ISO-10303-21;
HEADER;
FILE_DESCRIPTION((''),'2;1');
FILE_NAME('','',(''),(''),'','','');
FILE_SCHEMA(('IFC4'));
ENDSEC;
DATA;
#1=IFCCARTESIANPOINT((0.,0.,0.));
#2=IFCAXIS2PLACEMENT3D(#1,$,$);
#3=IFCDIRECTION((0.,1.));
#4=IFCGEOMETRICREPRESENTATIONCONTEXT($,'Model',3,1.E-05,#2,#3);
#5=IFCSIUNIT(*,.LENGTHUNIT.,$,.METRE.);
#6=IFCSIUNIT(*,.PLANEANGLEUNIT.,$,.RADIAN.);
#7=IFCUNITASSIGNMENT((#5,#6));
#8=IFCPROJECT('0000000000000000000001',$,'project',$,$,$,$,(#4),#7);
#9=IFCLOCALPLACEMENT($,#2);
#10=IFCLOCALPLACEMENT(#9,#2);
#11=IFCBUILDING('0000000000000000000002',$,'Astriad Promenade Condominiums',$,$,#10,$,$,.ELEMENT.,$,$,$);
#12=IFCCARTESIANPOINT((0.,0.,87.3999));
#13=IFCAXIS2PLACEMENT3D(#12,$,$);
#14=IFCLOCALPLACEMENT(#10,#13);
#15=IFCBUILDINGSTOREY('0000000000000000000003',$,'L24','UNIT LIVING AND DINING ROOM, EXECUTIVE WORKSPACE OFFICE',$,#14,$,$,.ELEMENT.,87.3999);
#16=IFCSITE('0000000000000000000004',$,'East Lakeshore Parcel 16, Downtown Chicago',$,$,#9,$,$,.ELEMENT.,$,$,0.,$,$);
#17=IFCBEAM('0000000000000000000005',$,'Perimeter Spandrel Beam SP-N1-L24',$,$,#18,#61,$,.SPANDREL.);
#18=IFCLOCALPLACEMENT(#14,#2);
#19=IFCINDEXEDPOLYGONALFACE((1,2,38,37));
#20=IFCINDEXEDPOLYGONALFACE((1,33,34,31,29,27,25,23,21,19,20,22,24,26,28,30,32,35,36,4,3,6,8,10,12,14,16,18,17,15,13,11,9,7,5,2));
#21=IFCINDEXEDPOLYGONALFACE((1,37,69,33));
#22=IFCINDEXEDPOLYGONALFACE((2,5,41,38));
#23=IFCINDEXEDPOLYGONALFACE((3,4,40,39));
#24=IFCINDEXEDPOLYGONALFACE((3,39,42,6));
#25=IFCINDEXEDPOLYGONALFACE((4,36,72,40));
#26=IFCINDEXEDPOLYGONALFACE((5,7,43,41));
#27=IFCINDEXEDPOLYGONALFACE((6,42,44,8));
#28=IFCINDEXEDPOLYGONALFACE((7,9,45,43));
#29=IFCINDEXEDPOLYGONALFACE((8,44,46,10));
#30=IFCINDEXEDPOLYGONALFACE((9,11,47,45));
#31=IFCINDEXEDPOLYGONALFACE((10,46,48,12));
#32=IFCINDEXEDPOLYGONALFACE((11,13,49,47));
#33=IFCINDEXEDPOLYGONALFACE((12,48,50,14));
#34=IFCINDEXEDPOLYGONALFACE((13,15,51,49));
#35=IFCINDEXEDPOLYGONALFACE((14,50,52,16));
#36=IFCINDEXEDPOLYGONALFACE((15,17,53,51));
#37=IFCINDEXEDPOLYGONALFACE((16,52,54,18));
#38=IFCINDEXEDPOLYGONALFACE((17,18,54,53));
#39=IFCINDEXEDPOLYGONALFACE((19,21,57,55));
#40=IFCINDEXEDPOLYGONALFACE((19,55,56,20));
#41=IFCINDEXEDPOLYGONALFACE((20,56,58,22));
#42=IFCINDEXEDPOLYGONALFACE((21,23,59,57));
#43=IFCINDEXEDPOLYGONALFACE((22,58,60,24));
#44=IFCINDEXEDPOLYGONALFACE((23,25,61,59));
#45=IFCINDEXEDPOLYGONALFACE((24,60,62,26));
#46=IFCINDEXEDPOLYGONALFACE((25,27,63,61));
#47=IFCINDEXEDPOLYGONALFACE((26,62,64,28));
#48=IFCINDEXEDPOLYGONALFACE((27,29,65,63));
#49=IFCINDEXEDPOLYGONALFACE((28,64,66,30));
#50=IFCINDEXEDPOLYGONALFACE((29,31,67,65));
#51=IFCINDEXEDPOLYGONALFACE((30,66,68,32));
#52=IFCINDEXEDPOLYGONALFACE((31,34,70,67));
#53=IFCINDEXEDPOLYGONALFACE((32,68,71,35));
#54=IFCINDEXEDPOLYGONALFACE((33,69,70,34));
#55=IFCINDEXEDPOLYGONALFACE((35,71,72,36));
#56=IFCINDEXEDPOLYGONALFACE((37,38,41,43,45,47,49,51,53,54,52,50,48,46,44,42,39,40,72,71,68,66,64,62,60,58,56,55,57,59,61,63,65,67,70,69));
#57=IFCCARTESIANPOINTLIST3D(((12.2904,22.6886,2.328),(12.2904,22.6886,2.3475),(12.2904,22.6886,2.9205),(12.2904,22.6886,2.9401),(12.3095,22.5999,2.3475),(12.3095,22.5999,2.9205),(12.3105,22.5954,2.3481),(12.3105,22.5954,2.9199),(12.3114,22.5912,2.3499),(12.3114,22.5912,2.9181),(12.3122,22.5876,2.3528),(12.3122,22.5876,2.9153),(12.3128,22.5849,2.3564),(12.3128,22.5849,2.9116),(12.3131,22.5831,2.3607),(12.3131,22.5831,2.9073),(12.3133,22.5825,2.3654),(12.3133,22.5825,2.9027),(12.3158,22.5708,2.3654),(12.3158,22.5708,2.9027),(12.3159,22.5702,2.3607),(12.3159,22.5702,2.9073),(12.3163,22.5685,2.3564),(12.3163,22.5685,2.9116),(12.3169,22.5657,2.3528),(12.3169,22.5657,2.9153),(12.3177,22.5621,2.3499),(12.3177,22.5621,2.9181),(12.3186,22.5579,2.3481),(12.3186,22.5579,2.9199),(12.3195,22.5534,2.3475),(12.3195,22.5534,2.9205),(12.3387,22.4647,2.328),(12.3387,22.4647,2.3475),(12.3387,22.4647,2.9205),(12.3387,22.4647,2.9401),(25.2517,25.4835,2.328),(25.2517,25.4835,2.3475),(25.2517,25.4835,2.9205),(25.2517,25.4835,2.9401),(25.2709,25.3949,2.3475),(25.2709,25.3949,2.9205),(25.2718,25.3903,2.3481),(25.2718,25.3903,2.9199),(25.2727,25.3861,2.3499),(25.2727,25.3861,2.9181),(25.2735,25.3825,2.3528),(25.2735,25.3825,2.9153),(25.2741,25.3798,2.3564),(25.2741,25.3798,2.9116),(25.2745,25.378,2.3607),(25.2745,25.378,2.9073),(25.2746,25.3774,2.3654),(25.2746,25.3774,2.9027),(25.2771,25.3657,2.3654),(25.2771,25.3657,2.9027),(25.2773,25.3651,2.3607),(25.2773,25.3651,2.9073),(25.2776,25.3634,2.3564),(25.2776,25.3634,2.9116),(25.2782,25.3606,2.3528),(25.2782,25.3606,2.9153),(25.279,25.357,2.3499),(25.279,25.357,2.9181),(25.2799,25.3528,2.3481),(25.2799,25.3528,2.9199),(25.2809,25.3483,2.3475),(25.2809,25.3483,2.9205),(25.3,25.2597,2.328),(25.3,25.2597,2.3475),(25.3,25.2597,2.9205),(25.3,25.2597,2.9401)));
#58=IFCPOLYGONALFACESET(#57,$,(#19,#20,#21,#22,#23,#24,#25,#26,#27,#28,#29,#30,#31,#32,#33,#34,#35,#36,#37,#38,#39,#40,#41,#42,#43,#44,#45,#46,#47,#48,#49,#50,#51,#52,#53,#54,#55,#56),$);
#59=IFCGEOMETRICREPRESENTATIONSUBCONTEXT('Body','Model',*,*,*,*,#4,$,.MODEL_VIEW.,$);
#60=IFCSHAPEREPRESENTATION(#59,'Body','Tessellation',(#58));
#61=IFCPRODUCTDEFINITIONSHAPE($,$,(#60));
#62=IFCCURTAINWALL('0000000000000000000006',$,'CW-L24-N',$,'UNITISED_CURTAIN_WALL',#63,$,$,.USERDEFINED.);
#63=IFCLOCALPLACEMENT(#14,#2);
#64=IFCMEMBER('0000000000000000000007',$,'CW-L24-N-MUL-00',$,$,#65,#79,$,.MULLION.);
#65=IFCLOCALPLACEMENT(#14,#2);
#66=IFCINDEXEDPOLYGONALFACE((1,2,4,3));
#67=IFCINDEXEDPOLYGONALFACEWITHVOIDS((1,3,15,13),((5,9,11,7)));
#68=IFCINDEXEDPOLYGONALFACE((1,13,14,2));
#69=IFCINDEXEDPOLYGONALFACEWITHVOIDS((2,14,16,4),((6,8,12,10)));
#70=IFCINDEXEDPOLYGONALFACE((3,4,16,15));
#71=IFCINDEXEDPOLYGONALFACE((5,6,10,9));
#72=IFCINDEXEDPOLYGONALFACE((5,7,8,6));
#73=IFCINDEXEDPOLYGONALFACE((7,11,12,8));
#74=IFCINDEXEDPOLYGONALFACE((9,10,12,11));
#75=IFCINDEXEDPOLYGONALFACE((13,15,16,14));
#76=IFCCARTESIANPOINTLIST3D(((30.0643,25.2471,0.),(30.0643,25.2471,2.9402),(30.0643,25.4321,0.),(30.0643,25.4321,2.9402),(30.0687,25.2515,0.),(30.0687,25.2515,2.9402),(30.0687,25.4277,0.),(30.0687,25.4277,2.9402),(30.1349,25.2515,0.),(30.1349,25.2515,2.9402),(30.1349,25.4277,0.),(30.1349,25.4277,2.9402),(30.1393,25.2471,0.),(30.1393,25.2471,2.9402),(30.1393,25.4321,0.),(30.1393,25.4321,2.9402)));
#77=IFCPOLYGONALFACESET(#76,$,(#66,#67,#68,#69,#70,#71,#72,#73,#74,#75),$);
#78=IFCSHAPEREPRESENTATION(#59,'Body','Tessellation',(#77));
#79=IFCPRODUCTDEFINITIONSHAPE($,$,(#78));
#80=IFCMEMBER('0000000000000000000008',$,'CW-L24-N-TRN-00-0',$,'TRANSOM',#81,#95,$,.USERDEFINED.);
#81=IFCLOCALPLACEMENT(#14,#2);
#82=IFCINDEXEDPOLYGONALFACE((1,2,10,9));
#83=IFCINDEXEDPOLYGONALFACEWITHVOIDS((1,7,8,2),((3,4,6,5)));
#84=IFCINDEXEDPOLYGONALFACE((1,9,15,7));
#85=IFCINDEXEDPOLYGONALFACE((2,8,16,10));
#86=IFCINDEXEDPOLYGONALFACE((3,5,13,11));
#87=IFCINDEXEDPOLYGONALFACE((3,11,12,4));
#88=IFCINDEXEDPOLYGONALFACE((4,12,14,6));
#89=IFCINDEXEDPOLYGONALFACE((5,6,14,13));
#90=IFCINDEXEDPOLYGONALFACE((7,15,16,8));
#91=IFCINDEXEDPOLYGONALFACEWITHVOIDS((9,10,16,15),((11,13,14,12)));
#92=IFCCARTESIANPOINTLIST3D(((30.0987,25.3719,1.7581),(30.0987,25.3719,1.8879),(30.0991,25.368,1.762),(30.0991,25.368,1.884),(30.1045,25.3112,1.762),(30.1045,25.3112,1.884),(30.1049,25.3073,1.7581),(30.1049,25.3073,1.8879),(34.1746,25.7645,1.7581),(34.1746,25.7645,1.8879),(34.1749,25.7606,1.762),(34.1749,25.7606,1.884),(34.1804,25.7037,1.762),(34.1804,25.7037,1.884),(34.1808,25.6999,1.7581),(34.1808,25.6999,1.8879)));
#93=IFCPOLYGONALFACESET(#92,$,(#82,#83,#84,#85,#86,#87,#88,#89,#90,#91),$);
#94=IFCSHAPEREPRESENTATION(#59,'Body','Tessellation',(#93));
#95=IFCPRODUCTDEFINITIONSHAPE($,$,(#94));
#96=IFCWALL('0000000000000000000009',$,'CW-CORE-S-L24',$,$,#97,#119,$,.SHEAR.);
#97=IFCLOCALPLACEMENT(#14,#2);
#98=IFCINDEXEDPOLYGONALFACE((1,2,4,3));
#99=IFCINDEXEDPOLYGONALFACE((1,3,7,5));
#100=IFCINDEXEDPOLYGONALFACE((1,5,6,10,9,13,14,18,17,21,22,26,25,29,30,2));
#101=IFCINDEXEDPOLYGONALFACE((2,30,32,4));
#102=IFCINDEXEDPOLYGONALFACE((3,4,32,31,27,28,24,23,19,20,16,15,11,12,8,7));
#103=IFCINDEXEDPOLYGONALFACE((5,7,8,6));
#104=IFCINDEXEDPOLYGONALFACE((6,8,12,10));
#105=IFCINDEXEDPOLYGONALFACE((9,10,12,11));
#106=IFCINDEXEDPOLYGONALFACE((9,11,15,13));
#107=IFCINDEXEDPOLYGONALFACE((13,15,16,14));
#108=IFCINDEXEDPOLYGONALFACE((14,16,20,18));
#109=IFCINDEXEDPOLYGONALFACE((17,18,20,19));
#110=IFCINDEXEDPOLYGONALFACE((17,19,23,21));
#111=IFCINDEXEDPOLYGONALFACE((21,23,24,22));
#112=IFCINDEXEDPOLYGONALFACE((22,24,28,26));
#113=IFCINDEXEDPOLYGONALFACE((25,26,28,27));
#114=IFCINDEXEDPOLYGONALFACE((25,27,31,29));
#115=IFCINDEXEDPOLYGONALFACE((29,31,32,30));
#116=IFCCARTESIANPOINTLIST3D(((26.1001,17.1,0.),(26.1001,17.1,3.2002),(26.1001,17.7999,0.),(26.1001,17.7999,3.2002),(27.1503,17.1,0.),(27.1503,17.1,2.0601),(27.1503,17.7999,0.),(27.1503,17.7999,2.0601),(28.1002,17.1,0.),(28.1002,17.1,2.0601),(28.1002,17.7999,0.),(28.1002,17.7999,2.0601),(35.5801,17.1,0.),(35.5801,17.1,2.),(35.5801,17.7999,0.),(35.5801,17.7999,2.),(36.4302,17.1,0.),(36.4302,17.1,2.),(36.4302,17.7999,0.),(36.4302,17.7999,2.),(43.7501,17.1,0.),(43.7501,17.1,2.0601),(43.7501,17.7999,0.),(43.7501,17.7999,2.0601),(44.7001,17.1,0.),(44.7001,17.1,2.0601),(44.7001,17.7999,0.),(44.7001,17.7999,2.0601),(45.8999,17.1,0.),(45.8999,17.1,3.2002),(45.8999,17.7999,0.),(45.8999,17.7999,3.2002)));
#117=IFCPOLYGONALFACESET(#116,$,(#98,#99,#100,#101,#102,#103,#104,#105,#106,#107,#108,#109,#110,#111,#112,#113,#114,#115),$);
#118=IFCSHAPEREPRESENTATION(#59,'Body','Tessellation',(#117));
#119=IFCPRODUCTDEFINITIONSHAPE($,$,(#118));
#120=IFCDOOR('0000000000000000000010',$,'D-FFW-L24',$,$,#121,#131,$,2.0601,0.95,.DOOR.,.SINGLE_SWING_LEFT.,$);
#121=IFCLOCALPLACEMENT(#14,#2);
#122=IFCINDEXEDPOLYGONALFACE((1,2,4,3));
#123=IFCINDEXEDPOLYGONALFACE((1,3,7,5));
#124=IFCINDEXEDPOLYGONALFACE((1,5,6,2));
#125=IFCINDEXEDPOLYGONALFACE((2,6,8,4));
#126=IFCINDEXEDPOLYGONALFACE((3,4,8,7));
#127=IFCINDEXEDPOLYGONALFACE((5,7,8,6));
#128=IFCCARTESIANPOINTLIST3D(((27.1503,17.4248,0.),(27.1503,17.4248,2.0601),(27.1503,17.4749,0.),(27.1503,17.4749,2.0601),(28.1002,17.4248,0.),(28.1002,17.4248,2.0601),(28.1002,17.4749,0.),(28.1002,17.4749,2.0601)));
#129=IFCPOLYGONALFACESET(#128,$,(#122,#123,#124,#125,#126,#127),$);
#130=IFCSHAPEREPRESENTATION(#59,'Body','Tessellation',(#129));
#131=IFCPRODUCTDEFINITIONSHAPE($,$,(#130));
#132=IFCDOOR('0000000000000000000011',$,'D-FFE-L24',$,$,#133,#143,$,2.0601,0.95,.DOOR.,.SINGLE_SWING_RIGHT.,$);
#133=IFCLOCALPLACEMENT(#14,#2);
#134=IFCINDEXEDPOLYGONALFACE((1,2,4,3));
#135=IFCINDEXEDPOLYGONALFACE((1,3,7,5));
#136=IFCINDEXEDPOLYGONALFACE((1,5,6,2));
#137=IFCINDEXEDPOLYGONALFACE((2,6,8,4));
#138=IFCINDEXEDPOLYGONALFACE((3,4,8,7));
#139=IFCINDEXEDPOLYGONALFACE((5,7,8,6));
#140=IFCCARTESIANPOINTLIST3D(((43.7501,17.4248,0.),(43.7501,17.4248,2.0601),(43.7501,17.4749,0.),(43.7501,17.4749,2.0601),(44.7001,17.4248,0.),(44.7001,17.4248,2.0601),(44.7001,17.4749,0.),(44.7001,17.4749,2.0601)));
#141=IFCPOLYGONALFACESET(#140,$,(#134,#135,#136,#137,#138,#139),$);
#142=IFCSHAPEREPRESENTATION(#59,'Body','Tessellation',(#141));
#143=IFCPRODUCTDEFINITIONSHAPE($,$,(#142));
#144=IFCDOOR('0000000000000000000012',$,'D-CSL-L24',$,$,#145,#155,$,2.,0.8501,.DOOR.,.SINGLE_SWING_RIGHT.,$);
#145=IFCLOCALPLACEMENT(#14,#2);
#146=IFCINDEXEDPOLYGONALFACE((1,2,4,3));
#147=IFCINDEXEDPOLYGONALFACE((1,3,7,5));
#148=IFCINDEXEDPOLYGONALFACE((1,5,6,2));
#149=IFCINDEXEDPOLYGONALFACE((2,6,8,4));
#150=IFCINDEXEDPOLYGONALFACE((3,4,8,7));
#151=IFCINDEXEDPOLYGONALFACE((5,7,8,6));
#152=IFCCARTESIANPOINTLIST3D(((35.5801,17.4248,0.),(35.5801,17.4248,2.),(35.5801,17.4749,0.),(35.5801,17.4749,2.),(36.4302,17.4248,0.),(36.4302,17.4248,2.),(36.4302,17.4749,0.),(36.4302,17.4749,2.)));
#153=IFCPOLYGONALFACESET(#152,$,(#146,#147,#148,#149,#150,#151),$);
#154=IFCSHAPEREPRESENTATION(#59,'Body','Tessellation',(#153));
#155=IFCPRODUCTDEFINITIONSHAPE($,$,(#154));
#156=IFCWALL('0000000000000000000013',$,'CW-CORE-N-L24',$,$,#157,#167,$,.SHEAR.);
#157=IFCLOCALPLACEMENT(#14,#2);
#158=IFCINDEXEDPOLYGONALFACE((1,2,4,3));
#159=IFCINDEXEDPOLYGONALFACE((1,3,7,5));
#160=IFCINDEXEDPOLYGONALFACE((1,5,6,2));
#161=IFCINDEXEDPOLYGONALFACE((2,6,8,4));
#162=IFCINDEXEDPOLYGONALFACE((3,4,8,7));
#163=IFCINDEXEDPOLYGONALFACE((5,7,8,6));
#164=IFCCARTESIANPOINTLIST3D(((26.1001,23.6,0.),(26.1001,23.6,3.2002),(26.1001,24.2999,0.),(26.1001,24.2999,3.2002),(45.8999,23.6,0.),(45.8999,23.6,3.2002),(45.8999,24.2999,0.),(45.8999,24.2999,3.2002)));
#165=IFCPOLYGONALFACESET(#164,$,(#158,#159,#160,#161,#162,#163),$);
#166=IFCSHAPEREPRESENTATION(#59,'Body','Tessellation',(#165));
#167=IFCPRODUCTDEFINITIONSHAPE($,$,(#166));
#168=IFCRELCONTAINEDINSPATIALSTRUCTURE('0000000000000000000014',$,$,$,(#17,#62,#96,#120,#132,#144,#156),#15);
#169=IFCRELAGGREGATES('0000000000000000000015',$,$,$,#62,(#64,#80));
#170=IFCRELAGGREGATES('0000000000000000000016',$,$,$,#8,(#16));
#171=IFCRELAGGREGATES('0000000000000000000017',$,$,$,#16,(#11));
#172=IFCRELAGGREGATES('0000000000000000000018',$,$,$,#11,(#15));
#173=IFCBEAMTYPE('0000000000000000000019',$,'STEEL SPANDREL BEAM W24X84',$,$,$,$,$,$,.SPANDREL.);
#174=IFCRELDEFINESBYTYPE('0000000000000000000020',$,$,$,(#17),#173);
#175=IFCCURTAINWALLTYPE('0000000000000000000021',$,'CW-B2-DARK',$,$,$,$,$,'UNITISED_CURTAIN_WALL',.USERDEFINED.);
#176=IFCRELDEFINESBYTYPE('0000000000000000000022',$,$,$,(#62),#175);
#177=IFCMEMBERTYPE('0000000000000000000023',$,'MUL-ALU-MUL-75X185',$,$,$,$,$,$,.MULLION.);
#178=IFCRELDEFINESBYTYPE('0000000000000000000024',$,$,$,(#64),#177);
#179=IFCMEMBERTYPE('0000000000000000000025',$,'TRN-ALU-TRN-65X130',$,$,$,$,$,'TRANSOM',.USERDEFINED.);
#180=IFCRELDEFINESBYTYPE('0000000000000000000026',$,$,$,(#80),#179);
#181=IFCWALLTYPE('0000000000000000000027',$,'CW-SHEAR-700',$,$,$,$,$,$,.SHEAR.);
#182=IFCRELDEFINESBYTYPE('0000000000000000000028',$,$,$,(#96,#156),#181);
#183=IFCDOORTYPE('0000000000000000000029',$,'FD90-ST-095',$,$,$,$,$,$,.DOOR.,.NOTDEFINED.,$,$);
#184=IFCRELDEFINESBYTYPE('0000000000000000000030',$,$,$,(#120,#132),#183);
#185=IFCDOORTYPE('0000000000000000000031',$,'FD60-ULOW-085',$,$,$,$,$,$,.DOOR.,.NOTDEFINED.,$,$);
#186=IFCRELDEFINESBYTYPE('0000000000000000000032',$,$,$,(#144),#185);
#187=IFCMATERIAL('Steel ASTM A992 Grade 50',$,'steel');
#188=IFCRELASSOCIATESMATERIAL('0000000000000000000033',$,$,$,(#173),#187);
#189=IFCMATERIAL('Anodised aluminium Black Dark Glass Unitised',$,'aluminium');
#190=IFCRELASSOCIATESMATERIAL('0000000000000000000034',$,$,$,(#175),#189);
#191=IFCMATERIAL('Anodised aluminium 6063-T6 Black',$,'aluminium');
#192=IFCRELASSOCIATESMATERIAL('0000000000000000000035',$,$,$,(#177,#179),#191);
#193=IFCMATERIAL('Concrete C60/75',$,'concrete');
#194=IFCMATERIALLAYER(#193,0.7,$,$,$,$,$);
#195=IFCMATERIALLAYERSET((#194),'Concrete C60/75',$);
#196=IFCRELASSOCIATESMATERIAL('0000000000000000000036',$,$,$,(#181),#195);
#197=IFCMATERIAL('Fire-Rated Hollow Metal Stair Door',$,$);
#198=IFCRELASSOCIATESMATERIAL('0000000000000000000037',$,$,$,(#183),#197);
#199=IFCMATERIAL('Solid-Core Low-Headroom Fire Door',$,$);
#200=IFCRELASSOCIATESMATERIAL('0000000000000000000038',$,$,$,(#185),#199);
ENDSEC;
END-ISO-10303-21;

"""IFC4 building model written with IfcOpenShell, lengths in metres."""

from ifc_helpers import new_model, si_unit, direction, frame, frame_2d, origin, origin_2d, place, context, subcontext, project, spatial, rectangle, hollow_rectangle, i_section, extrude, source, transform, mapped, material, layer, layer_set, material_profile, profile_set, type_object, type_shapes, element, fill, aggregate, save


model = new_model("IFC4")

# Units and contexts
model_context = context("Model", 3, precision=1e-05, world=origin(), true_north=direction((0.0, 1.0)))
body_context = subcontext(model_context, "Body", "Model", "MODEL_VIEW")
ifc_project = project(units=[si_unit("LENGTHUNIT", "METRE"), si_unit("PLANEANGLEUNIT", "RADIAN")], contexts=[model_context])

# Site, building, storey
site_placement = place(None, origin())
site = spatial("IfcSite", under=ifc_project, at=site_placement, Name="East Lakeshore Parcel 16, Downtown Chicago", CompositionType="ELEMENT", RefElevation=0.0)
building_placement = place(site_placement, origin())
building = spatial("IfcBuilding", under=site, at=building_placement, Name="Astriad Promenade Condominiums", CompositionType="ELEMENT")
storey_placement = place(building_placement, frame((0.0, 0.0, 87.3999)))
storey = spatial("IfcBuildingStorey", under=building, at=storey_placement, Name="L24", Description="UNIT LIVING AND DINING ROOM, EXECUTIVE WORKSPACE OFFICE", CompositionType="ELEMENT", Elevation=87.3999)

# Shared definitions
ifc_material_1 = material(Name="Steel ASTM A992 Grade 50", Category="steel")
ifc_material_2 = material(Name="Concrete C60/75", Category="concrete")

# Beam
ifc_material_profile_1 = material_profile(ifc_material_1, i_section(OverallWidth=0.229, OverallDepth=0.6121, WebThickness=0.012, FlangeThickness=0.0195, FilletRadius=0.0178, at=origin_2d()), Name="W24X84")
ifc_profile_set_1 = profile_set([ifc_material_profile_1], Name="Steel ASTM A992 Grade 50")
beam_type_1 = type_object("IfcBeamType", Name="STEEL SPANDREL BEAM W24X84", PredefinedType="SPANDREL", material=ifc_profile_set_1)
shared_shape_1 = source(origin(), body_context, "Body", "SweptSolid", [
    extrude(i_section(OverallWidth=0.229, OverallDepth=0.6121, WebThickness=0.012, FlangeThickness=0.0195, FilletRadius=0.0178, at=origin_2d()), origin(), (0.0, 0.0, 1.0), 13.2593),
])
type_shapes(beam_type_1, [shared_shape_1])
beam_1_placement = place(storey_placement, frame((25.2759, 25.3716, 2.634), z_axis=(-0.977532, -0.210789, 0.0), x_axis=(0.210789, -0.977532, 0.0)))
element("IfcBeam", 1, at=beam_1_placement, inside=storey, type_object=beam_type_1, Name="Perimeter Spandrel Beam SP-N1-L24", PredefinedType="SPANDREL", context=body_context, shape_type="MappedRepresentation", body=[
    mapped(shared_shape_1, transform((0.0, 0.0, 0.0), scale=1.0)),
])

# Curtain wall, members
ifc_material_3 = material(Name="Anodised aluminium Black Dark Glass Unitised", Category="aluminium")
curtain_wall_type = type_object("IfcCurtainWallType", Name="CW-B2-DARK", ElementType="UNITISED_CURTAIN_WALL", PredefinedType="USERDEFINED", material=ifc_material_3)
curtain_wall_placement = place(storey_placement, origin())
curtain_wall = element("IfcCurtainWall", 2, at=curtain_wall_placement, inside=storey, type_object=curtain_wall_type, Name="CW-L24-N", ObjectType="UNITISED_CURTAIN_WALL", PredefinedType="USERDEFINED")
ifc_material_4 = material(Name="Anodised aluminium 6063-T6 Black", Category="aluminium")
ifc_material_profile_2 = material_profile(ifc_material_4, hollow_rectangle(XDim=0.075, YDim=0.1851, WallThickness=0.0044, at=origin_2d()), Name="ALU-MUL-75X185")
ifc_profile_set_2 = profile_set([ifc_material_profile_2], Name="Anodised aluminium 6063-T6 Black")
member_type_1 = type_object("IfcMemberType", Name="MUL-ALU-MUL-75X185", PredefinedType="MULLION", material=ifc_profile_set_2)
shared_shape_2 = source(origin(), body_context, "Body", "SweptSolid", [
    extrude(hollow_rectangle(XDim=0.075, YDim=0.1851, WallThickness=0.0044, at=origin_2d()), origin(), (0.0, 0.0, 1.0), 2.9402),
])
type_shapes(member_type_1, [shared_shape_2])
member_1_placement = place(storey_placement, frame((30.1018, 25.3396, 0.0), z_axis=(0.0, 0.0, 1.0), x_axis=(1.0, 0.0, 0.0)))
member_1 = element("IfcMember", 3, at=member_1_placement, type_object=member_type_1, Name="CW-L24-N-MUL-00", PredefinedType="MULLION", context=body_context, shape_type="MappedRepresentation", body=[
    mapped(shared_shape_2, transform((0.0, 0.0, 0.0), scale=1.0)),
])
ifc_material_profile_3 = material_profile(ifc_material_4, hollow_rectangle(XDim=0.0649, YDim=0.1299, WallThickness=0.0039, at=origin_2d()), Name="ALU-TRN-65X130")
ifc_profile_set_3 = profile_set([ifc_material_profile_3], Name="Anodised aluminium 6063-T6 Black")
member_type_2 = type_object("IfcMemberType", Name="TRN-ALU-TRN-65X130", ElementType="TRANSOM", PredefinedType="USERDEFINED", material=ifc_profile_set_3)
shared_shape_3 = source(origin(), body_context, "Body", "SweptSolid", [
    extrude(hollow_rectangle(XDim=0.0649, YDim=0.1299, WallThickness=0.0039, at=origin_2d()), origin(), (0.0, 0.0, 1.0), 4.0947),
])
type_shapes(member_type_2, [shared_shape_3])
member_2_placement = place(storey_placement, frame((30.1018, 25.3396, 1.823), z_axis=(0.995394, 0.095873, 0.0), x_axis=(-0.095873, 0.995394, 0.0)))
member_2 = element("IfcMember", 4, at=member_2_placement, type_object=member_type_2, Name="CW-L24-N-TRN-00-0", ObjectType="TRANSOM", PredefinedType="USERDEFINED", context=body_context, shape_type="MappedRepresentation", body=[
    mapped(shared_shape_3, transform((0.0, 0.0, 0.0), scale=1.0)),
])
aggregate(curtain_wall, [member_1, member_2])

# Wall, openings, doors
ifc_layer_1 = layer(ifc_material_2, 0.7)
ifc_layer_set_1 = layer_set([ifc_layer_1], Name="Concrete C60/75")
wall_type_1 = type_object("IfcWallType", Name="CW-SHEAR-700", PredefinedType="SHEAR", material=ifc_layer_set_1)
wall_1_placement = place(storey_placement, frame((26.1001, 17.45, 0.0), z_axis=(0.0, 0.0, 1.0), x_axis=(1.0, 0.0, 0.0)))
wall_1 = element("IfcWall", 5, at=wall_1_placement, inside=storey, type_object=wall_type_1, Name="CW-CORE-S-L24", PredefinedType="SHEAR", context=body_context, shape_type="SweptSolid", body=[
    extrude(rectangle(XDim=19.7998, YDim=0.7, at=frame_2d((9.8999, 0.0))), origin(), (0.0, 0.0, 1.0), 3.2002),
])
opening_1_placement = place(wall_1_placement, frame((1.05, 0.0, 0.0)))
opening_1 = element("IfcOpeningElement", 6, at=opening_1_placement, cuts=wall_1, PredefinedType="OPENING", context=body_context, shape_type="SweptSolid", body=[
    extrude(rectangle(XDim=0.95, YDim=2.0601, at=frame_2d((0.4751, 1.03))), frame((0.0, 0.3599, 0.0), z_axis=(0.0, -1.0, 0.0), x_axis=(1.0, 0.0, 0.0)), (0.0, 0.0, 1.0), 0.72),
])
opening_2_placement = place(wall_1_placement, frame((9.48, 0.0, 0.0)))
opening_2 = element("IfcOpeningElement", 7, at=opening_2_placement, cuts=wall_1, PredefinedType="OPENING", context=body_context, shape_type="SweptSolid", body=[
    extrude(rectangle(XDim=0.8501, YDim=2.0, at=frame_2d((0.425, 1.0))), frame((0.0, 0.3599, 0.0), z_axis=(0.0, -1.0, 0.0), x_axis=(1.0, 0.0, 0.0)), (0.0, 0.0, 1.0), 0.72),
])
opening_3_placement = place(wall_1_placement, frame((17.6499, 0.0, 0.0)))
opening_3 = element("IfcOpeningElement", 8, at=opening_3_placement, cuts=wall_1, PredefinedType="OPENING", context=body_context, shape_type="SweptSolid", body=[
    extrude(rectangle(XDim=0.95, YDim=2.0601, at=frame_2d((0.4751, 1.03))), frame((0.0, 0.3599, 0.0), z_axis=(0.0, -1.0, 0.0), x_axis=(1.0, 0.0, 0.0)), (0.0, 0.0, 1.0), 0.72),
])
ifc_material_5 = material(Name="Fire-Rated Hollow Metal Stair Door")
door_type_1 = type_object("IfcDoorType", Name="FD90-ST-095", OperationType="NOTDEFINED", PredefinedType="DOOR", material=ifc_material_5)
shared_shape_4 = source(origin(), body_context, "Body", "SweptSolid", [
    extrude(rectangle(XDim=0.95, YDim=2.0601, at=frame_2d((0.4751, 1.03))), frame((0.0, 0.0249, 0.0), z_axis=(0.0, -1.0, 0.0), x_axis=(1.0, 0.0, 0.0)), (0.0, 0.0, 1.0), 0.05),
])
type_shapes(door_type_1, [shared_shape_4])
door_1_placement = place(opening_1_placement, origin())
door_1 = element("IfcDoor", 9, at=door_1_placement, inside=storey, type_object=door_type_1, Name="D-FFW-L24", OperationType="SINGLE_SWING_LEFT", OverallHeight=2.0601, OverallWidth=0.95, PredefinedType="DOOR", context=body_context, shape_type="MappedRepresentation", body=[
    mapped(shared_shape_4, transform((0.0, 0.0, 0.0), scale=1.0)),
])
fill(opening_1, door_1)
door_2_placement = place(opening_3_placement, origin())
door_2 = element("IfcDoor", 10, at=door_2_placement, inside=storey, type_object=door_type_1, Name="D-FFE-L24", OperationType="SINGLE_SWING_RIGHT", OverallHeight=2.0601, OverallWidth=0.95, PredefinedType="DOOR", context=body_context, shape_type="MappedRepresentation", body=[
    mapped(shared_shape_4, transform((0.0, 0.0, 0.0), scale=1.0)),
])
fill(opening_3, door_2)
ifc_material_6 = material(Name="Solid-Core Low-Headroom Fire Door")
door_type_2 = type_object("IfcDoorType", Name="FD60-ULOW-085", OperationType="NOTDEFINED", PredefinedType="DOOR", material=ifc_material_6)
shared_shape_5 = source(origin(), body_context, "Body", "SweptSolid", [
    extrude(rectangle(XDim=0.8501, YDim=2.0, at=frame_2d((0.425, 1.0))), frame((0.0, 0.0249, 0.0), z_axis=(0.0, -1.0, 0.0), x_axis=(1.0, 0.0, 0.0)), (0.0, 0.0, 1.0), 0.05),
])
type_shapes(door_type_2, [shared_shape_5])
door_3_placement = place(opening_2_placement, origin())
door_3 = element("IfcDoor", 11, at=door_3_placement, inside=storey, type_object=door_type_2, Name="D-CSL-L24", OperationType="SINGLE_SWING_RIGHT", OverallHeight=2.0, OverallWidth=0.8501, PredefinedType="DOOR", context=body_context, shape_type="MappedRepresentation", body=[
    mapped(shared_shape_5, transform((0.0, 0.0, 0.0), scale=1.0)),
])
fill(opening_2, door_3)

# Wall
wall_2_placement = place(storey_placement, frame((26.1001, 23.95, 0.0), z_axis=(0.0, 0.0, 1.0), x_axis=(1.0, 0.0, 0.0)))
element("IfcWall", 12, at=wall_2_placement, inside=storey, type_object=wall_type_1, Name="CW-CORE-N-L24", PredefinedType="SHEAR", context=body_context, shape_type="SweptSolid", body=[
    extrude(rectangle(XDim=19.7998, YDim=0.7, at=frame_2d((9.8999, 0.0))), origin(), (0.0, 0.0, 1.0), 3.2002),
])

save(model, "model.ifc")
